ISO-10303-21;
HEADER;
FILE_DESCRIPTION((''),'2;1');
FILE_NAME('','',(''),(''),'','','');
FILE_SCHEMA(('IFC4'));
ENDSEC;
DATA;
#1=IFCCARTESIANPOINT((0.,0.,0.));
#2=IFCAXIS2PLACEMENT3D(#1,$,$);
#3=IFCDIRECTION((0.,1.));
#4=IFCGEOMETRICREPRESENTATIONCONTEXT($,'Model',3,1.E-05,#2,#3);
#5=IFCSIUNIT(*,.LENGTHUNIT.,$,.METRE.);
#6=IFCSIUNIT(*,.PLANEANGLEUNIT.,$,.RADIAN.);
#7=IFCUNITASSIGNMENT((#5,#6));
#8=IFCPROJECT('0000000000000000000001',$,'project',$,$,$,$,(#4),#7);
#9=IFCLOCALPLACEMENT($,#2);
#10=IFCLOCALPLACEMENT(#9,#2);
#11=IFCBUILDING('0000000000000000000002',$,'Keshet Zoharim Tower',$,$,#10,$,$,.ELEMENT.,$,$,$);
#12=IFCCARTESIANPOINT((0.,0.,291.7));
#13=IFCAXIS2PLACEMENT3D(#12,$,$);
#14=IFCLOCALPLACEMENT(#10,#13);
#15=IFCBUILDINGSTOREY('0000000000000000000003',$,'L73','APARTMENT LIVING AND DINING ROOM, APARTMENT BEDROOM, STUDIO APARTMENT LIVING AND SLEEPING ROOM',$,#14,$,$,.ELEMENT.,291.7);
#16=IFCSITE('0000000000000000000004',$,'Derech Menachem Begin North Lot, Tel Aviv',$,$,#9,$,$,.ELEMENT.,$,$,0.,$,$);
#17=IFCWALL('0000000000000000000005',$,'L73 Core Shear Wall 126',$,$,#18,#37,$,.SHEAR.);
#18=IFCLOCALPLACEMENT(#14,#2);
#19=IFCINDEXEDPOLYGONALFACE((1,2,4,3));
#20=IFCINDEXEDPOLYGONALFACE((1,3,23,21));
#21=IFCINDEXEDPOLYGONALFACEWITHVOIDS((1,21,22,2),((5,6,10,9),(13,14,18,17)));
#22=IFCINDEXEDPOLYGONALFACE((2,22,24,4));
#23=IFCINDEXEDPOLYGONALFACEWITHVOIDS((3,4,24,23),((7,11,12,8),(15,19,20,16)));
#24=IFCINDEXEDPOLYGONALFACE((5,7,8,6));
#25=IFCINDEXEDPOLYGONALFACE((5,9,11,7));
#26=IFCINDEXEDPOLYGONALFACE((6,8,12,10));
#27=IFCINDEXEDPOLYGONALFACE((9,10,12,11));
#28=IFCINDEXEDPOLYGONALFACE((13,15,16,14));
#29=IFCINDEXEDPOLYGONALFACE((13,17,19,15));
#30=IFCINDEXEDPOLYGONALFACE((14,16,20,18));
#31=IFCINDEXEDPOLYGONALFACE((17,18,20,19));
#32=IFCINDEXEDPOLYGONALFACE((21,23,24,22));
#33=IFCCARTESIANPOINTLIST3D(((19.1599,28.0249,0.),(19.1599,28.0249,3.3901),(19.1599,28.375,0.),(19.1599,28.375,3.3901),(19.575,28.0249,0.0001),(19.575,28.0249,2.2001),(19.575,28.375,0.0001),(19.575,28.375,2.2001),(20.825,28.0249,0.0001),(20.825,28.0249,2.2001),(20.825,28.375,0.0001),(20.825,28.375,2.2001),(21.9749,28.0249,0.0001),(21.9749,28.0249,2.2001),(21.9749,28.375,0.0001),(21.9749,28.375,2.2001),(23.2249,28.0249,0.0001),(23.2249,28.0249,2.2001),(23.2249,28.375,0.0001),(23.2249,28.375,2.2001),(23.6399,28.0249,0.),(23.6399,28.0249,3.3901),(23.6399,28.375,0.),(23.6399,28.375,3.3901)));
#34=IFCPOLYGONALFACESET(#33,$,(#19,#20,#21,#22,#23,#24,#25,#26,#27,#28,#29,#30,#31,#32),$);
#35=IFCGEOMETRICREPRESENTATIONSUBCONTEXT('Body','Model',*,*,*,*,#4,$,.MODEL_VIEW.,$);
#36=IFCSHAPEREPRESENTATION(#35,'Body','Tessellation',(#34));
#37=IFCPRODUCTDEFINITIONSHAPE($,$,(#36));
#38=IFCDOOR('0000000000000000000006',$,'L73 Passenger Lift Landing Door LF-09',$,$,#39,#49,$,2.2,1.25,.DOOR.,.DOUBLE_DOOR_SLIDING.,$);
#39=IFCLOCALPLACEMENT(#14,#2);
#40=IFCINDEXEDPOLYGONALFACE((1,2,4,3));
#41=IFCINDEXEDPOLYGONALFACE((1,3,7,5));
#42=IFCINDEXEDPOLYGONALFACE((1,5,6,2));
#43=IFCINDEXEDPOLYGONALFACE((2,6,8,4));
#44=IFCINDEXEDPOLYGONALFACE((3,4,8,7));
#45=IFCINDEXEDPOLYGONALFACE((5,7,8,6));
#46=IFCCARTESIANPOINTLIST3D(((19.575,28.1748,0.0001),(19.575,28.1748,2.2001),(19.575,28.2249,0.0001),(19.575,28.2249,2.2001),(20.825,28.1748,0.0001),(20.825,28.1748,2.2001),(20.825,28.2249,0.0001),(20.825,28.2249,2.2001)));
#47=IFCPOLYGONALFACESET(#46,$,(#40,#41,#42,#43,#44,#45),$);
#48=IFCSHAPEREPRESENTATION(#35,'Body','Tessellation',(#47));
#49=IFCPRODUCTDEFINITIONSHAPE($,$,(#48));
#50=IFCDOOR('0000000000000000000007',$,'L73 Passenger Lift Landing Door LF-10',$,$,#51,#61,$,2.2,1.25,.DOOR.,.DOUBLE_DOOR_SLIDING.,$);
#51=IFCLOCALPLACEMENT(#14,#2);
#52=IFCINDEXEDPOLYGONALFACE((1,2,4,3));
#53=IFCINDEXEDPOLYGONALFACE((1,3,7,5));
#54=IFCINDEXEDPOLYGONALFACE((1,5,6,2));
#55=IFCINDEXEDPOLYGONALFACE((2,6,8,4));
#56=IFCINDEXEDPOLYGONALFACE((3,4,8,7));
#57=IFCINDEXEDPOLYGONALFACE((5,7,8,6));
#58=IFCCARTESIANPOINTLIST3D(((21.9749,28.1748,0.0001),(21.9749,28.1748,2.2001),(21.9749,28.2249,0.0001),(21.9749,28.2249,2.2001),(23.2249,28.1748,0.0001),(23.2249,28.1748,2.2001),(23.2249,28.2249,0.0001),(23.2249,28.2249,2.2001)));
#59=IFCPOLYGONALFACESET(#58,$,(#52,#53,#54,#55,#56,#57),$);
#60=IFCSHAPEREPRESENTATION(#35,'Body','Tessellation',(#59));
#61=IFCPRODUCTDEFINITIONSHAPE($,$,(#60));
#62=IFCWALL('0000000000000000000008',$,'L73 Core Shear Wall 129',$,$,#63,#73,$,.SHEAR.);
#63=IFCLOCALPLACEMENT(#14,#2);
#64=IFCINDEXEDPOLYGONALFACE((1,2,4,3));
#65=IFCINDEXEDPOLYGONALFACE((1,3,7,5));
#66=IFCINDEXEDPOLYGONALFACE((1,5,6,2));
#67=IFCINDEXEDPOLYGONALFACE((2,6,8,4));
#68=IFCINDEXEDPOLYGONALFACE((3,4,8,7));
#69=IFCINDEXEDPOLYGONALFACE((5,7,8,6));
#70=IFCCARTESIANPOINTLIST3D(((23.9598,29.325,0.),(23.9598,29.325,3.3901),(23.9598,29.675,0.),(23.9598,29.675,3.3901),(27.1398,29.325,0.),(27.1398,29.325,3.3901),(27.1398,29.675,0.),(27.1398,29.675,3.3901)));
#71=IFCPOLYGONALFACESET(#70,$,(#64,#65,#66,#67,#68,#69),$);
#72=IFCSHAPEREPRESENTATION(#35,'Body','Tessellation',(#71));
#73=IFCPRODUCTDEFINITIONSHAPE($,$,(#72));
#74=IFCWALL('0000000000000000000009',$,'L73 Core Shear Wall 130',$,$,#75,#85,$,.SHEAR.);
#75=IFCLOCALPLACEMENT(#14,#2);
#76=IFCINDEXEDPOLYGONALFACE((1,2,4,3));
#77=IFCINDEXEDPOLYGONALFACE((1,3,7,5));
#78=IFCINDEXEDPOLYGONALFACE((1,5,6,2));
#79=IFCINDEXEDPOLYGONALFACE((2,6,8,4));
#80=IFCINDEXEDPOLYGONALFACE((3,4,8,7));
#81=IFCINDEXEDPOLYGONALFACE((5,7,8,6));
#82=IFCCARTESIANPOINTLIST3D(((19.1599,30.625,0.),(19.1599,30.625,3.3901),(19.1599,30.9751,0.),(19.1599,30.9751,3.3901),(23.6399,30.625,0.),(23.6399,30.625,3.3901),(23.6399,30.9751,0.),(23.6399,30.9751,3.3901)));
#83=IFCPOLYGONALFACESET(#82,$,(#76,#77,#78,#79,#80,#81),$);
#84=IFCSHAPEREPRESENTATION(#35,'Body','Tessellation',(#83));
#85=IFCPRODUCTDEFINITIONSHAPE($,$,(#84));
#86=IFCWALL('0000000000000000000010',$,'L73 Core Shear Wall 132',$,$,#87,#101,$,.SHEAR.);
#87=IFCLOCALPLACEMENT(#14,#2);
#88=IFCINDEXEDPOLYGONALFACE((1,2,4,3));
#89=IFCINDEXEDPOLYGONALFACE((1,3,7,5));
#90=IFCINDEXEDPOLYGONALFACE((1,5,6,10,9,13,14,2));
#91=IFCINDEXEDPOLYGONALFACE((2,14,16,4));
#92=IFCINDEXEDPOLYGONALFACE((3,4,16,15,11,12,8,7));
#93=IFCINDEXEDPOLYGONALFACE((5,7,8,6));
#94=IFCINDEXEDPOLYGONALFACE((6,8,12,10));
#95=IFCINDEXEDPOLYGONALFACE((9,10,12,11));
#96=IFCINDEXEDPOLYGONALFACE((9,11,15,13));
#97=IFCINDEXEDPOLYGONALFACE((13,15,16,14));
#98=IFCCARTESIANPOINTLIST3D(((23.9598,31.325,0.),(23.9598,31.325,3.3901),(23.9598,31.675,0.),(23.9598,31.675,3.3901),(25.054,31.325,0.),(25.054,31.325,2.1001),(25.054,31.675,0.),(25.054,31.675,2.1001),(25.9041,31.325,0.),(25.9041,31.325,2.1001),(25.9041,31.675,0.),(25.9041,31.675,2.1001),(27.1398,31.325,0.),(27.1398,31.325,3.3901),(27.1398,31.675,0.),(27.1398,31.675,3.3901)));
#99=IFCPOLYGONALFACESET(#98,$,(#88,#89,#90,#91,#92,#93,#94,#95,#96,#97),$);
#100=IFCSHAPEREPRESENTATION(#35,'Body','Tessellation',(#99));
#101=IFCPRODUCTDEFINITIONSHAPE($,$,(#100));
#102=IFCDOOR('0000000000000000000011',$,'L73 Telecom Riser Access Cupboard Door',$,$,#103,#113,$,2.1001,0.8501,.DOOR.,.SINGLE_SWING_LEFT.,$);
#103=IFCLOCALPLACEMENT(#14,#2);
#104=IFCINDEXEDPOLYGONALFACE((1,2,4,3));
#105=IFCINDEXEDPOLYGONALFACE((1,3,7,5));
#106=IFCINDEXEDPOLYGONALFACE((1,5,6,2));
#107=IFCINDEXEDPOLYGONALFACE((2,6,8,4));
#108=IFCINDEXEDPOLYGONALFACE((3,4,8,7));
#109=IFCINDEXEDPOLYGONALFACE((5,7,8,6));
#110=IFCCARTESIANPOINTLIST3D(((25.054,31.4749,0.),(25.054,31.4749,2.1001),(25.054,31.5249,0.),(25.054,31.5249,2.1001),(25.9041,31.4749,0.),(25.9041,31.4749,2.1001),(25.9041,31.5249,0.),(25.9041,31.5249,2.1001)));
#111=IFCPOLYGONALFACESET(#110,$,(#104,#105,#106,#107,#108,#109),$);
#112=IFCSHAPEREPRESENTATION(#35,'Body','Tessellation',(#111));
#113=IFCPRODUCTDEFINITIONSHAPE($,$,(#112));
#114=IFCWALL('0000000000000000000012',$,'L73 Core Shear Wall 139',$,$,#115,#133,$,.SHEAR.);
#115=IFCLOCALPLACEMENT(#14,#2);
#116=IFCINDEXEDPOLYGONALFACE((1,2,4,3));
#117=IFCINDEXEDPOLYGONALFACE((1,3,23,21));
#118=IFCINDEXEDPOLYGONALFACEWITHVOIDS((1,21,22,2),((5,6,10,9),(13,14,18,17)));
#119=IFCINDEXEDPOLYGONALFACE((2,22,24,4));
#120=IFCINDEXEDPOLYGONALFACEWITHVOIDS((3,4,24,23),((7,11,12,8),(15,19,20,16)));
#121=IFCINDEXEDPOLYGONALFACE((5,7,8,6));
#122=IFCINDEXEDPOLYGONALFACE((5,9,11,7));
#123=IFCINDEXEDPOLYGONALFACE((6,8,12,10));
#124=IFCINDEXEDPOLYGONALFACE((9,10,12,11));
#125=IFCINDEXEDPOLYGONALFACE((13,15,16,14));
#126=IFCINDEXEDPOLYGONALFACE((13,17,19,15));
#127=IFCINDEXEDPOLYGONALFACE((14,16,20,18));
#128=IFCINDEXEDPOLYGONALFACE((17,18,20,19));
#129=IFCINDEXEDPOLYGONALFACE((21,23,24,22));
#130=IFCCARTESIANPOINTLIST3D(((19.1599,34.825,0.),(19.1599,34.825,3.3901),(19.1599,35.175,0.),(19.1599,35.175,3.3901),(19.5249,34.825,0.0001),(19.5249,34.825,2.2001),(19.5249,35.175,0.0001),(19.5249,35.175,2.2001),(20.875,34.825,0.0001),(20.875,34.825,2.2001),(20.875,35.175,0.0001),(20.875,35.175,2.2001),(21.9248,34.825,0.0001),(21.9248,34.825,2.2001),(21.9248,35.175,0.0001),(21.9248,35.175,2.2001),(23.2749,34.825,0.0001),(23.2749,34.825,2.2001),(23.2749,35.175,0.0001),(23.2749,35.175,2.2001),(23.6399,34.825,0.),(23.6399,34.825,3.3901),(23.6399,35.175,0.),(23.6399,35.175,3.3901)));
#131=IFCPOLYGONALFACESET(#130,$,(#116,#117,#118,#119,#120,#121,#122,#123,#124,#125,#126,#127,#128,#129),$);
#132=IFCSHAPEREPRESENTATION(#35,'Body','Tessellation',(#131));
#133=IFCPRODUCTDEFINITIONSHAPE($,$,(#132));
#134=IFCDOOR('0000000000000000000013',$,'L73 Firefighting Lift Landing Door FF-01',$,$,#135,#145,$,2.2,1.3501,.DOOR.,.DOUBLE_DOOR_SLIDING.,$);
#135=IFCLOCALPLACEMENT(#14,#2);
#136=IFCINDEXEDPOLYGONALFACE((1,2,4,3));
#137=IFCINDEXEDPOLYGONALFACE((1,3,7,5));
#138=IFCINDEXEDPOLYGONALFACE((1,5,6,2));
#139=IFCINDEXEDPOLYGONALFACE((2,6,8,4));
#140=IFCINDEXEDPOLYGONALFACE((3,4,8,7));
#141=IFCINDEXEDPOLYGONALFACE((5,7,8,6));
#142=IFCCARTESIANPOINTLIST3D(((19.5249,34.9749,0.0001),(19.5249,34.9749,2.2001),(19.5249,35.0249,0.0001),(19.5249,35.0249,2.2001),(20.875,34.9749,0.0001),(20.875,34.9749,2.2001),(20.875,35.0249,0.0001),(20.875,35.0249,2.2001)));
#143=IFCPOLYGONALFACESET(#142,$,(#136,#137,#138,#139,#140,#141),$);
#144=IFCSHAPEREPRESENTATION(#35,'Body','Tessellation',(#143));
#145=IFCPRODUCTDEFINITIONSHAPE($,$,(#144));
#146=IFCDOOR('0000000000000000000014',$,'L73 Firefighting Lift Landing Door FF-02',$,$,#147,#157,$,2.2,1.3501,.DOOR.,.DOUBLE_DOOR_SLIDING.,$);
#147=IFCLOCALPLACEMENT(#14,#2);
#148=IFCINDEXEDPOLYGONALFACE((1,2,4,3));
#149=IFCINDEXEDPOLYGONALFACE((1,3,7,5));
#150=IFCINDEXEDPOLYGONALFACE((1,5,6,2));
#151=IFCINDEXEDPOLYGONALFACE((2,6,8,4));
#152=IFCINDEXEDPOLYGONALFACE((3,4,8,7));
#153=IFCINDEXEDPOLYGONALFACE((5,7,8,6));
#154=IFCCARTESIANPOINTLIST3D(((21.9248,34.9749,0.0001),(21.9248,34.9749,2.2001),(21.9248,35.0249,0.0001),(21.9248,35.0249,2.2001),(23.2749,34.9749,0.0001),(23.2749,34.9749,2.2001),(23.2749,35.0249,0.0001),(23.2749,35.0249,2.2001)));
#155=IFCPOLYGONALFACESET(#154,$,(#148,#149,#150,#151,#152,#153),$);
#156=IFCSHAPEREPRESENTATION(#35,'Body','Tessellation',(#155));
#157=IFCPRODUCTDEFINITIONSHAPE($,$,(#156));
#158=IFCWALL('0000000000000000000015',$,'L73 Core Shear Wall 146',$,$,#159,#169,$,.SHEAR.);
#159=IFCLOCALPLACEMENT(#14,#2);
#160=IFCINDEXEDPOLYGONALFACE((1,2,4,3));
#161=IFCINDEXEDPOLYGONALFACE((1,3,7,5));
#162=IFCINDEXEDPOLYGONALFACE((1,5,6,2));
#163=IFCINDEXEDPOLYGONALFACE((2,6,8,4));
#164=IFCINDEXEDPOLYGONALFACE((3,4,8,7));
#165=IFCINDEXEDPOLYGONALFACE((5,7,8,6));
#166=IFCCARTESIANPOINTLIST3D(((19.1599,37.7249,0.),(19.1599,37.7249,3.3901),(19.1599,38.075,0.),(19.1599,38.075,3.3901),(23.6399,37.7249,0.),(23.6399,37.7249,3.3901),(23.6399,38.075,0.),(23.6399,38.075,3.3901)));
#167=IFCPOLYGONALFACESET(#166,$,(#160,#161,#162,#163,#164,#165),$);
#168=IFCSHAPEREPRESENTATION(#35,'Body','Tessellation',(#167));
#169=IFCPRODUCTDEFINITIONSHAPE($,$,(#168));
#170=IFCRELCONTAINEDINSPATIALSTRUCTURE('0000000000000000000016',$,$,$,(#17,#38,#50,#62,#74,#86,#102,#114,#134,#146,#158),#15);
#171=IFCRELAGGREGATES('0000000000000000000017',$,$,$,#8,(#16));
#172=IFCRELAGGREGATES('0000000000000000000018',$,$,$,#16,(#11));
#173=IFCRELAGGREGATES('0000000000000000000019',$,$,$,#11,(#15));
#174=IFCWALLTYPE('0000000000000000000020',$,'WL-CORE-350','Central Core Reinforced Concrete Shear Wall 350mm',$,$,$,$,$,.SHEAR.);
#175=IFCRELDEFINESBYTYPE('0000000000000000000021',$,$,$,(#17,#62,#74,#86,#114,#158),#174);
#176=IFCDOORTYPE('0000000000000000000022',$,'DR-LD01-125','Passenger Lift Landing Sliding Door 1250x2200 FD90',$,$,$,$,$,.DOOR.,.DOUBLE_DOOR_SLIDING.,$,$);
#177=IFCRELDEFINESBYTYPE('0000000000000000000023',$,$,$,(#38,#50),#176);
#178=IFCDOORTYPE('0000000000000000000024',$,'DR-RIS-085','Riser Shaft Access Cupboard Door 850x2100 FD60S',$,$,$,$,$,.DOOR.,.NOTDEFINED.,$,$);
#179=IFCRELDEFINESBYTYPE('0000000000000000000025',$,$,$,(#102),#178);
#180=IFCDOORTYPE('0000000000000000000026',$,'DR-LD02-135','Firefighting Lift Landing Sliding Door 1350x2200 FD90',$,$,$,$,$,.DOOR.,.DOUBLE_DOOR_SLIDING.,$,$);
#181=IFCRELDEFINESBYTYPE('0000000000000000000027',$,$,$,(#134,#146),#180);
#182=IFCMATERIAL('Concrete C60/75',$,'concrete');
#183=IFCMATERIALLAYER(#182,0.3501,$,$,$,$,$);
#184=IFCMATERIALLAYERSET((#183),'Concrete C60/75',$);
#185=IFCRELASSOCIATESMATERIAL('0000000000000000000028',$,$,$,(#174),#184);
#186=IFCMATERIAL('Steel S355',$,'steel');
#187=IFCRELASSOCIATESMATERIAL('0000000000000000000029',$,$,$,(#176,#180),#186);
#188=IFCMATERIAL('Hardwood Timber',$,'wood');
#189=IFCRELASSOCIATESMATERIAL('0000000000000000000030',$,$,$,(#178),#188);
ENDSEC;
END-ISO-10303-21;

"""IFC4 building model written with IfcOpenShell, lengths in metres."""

from ifc_helpers import new_model, si_unit, direction, frame, frame_2d, origin, place, context, subcontext, project, spatial, rectangle, extrude, material, layer, layer_set, type_object, element, fill, save


model = new_model("IFC4")

# Units and contexts
model_context = context("Model", 3, precision=1e-05, world=origin(), true_north=direction((0.0, 1.0)))
body_context = subcontext(model_context, "Body", "Model", "MODEL_VIEW")
ifc_project = project(units=[si_unit("LENGTHUNIT", "METRE"), si_unit("PLANEANGLEUNIT", "RADIAN")], contexts=[model_context])

# Site, building, storey
site_placement = place(None, origin())
site = spatial("IfcSite", under=ifc_project, at=site_placement, Name="Derech Menachem Begin North Lot, Tel Aviv", CompositionType="ELEMENT", RefElevation=0.0)
building_placement = place(site_placement, origin())
building = spatial("IfcBuilding", under=site, at=building_placement, Name="Keshet Zoharim Tower", CompositionType="ELEMENT")
storey_placement = place(building_placement, frame((0.0, 0.0, 291.7)))
storey = spatial("IfcBuildingStorey", under=building, at=storey_placement, Name="L73", Description="APARTMENT LIVING AND DINING ROOM, APARTMENT BEDROOM, STUDIO APARTMENT LIVING AND SLEEPING ROOM", CompositionType="ELEMENT", Elevation=291.7)

# Shared definitions
ifc_material_1 = material(Name="Steel S355", Category="steel")

# Shared definitions
ifc_material_2 = material(Name="Concrete C60/75", Category="concrete")
ifc_layer_1 = layer(ifc_material_2, 0.3501)
ifc_layer_set_1 = layer_set([ifc_layer_1], Name="Concrete C60/75")
wall_type_1 = type_object("IfcWallType", Name="WL-CORE-350", Description="Central Core Reinforced Concrete Shear Wall 350mm", PredefinedType="SHEAR", material=ifc_layer_set_1)

# Shared definitions
ifc_material_3 = material(Name="Hardwood Timber", Category="wood")

# Wall, openings, doors
wall_1_placement = place(storey_placement, frame((19.1599, 28.2, 0.0), z_axis=(0.0, 0.0, 1.0), x_axis=(1.0, 0.0, 0.0)))
wall_1 = element("IfcWall", 1, at=wall_1_placement, inside=storey, type_object=wall_type_1, Name="L73 Core Shear Wall 126", PredefinedType="SHEAR", context=body_context, shape_type="SweptSolid", body=[
    extrude(rectangle(XDim=4.48, YDim=0.3501, at=frame_2d((2.24, 0.0))), origin(), (0.0, 0.0, 1.0), 3.3901),
])
opening_1_placement = place(wall_1_placement, frame((0.415, 0.0, 0.0)))
opening_1 = element("IfcOpeningElement", 2, at=opening_1_placement, cuts=wall_1, PredefinedType="OPENING", context=body_context, shape_type="SweptSolid", body=[
    extrude(rectangle(XDim=1.25, YDim=2.2, at=frame_2d((0.625, 1.1001))), frame((0.0, 0.1851, 0.0), z_axis=(0.0, -1.0, 0.0), x_axis=(1.0, 0.0, 0.0)), (0.0, 0.0, 1.0), 0.3701),
])
opening_2_placement = place(wall_1_placement, frame((2.8149, 0.0, 0.0)))
opening_2 = element("IfcOpeningElement", 3, at=opening_2_placement, cuts=wall_1, PredefinedType="OPENING", context=body_context, shape_type="SweptSolid", body=[
    extrude(rectangle(XDim=1.25, YDim=2.2, at=frame_2d((0.625, 1.1001))), frame((0.0, 0.1851, 0.0), z_axis=(0.0, -1.0, 0.0), x_axis=(1.0, 0.0, 0.0)), (0.0, 0.0, 1.0), 0.3701),
])
door_type_1 = type_object("IfcDoorType", Name="DR-LD01-125", Description="Passenger Lift Landing Sliding Door 1250x2200 FD90", OperationType="DOUBLE_DOOR_SLIDING", PredefinedType="DOOR", material=ifc_material_1)
door_1_placement = place(opening_1_placement, origin())
door_1 = element("IfcDoor", 4, at=door_1_placement, inside=storey, type_object=door_type_1, Name="L73 Passenger Lift Landing Door LF-09", OperationType="DOUBLE_DOOR_SLIDING", OverallHeight=2.2, OverallWidth=1.25, PredefinedType="DOOR", context=body_context, shape_type="SweptSolid", body=[
    extrude(rectangle(XDim=1.25, YDim=2.2, at=frame_2d((0.625, 1.1001))), frame((0.0, 0.0249, 0.0), z_axis=(0.0, -1.0, 0.0), x_axis=(1.0, 0.0, 0.0)), (0.0, 0.0, 1.0), 0.05),
])
fill(opening_1, door_1)
door_2_placement = place(opening_2_placement, origin())
door_2 = element("IfcDoor", 5, at=door_2_placement, inside=storey, type_object=door_type_1, Name="L73 Passenger Lift Landing Door LF-10", OperationType="DOUBLE_DOOR_SLIDING", OverallHeight=2.2, OverallWidth=1.25, PredefinedType="DOOR", context=body_context, shape_type="SweptSolid", body=[
    extrude(rectangle(XDim=1.25, YDim=2.2, at=frame_2d((0.625, 1.1001))), frame((0.0, 0.0249, 0.0), z_axis=(0.0, -1.0, 0.0), x_axis=(1.0, 0.0, 0.0)), (0.0, 0.0, 1.0), 0.05),
])
fill(opening_2, door_2)

# Walls
wall_2_placement = place(storey_placement, frame((23.96, 29.5, 0.0), z_axis=(0.0, 0.0, 1.0), x_axis=(1.0, 0.0, 0.0)))
element("IfcWall", 6, at=wall_2_placement, inside=storey, type_object=wall_type_1, Name="L73 Core Shear Wall 129", PredefinedType="SHEAR", context=body_context, shape_type="SweptSolid", body=[
    extrude(rectangle(XDim=3.1799, YDim=0.3501, at=frame_2d((1.5898, 0.0))), origin(), (0.0, 0.0, 1.0), 3.3901),
])
wall_3_placement = place(storey_placement, frame((19.1599, 30.8, 0.0), z_axis=(0.0, 0.0, 1.0), x_axis=(1.0, 0.0, 0.0)))
element("IfcWall", 7, at=wall_3_placement, inside=storey, type_object=wall_type_1, Name="L73 Core Shear Wall 130", PredefinedType="SHEAR", context=body_context, shape_type="SweptSolid", body=[
    extrude(rectangle(XDim=4.48, YDim=0.3501, at=frame_2d((2.24, 0.0))), origin(), (0.0, 0.0, 1.0), 3.3901),
])

# Wall, opening, door
wall_4_placement = place(storey_placement, frame((23.96, 31.5, 0.0), z_axis=(0.0, 0.0, 1.0), x_axis=(1.0, 0.0, 0.0)))
wall_4 = element("IfcWall", 8, at=wall_4_placement, inside=storey, type_object=wall_type_1, Name="L73 Core Shear Wall 132", PredefinedType="SHEAR", context=body_context, shape_type="SweptSolid", body=[
    extrude(rectangle(XDim=3.1799, YDim=0.3501, at=frame_2d((1.5898, 0.0))), origin(), (0.0, 0.0, 1.0), 3.3901),
])
opening_3_placement = place(wall_4_placement, frame((1.094, 0.0, 0.0)))
opening_3 = element("IfcOpeningElement", 9, at=opening_3_placement, cuts=wall_4, PredefinedType="OPENING", context=body_context, shape_type="SweptSolid", body=[
    extrude(rectangle(XDim=0.8501, YDim=2.1001, at=frame_2d((0.425, 1.05))), frame((0.0, 0.1851, 0.0), z_axis=(0.0, -1.0, 0.0), x_axis=(1.0, 0.0, 0.0)), (0.0, 0.0, 1.0), 0.3701),
])
door_type_2 = type_object("IfcDoorType", Name="DR-RIS-085", Description="Riser Shaft Access Cupboard Door 850x2100 FD60S", OperationType="NOTDEFINED", PredefinedType="DOOR", material=ifc_material_3)
door_3_placement = place(opening_3_placement, origin())
door_3 = element("IfcDoor", 10, at=door_3_placement, inside=storey, type_object=door_type_2, Name="L73 Telecom Riser Access Cupboard Door", OperationType="SINGLE_SWING_LEFT", OverallHeight=2.1001, OverallWidth=0.8501, PredefinedType="DOOR", context=body_context, shape_type="SweptSolid", body=[
    extrude(rectangle(XDim=0.8501, YDim=2.1001, at=frame_2d((0.425, 1.05))), frame((0.0, 0.0249, 0.0), z_axis=(0.0, -1.0, 0.0), x_axis=(1.0, 0.0, 0.0)), (0.0, 0.0, 1.0), 0.05),
])
fill(opening_3, door_3)

# Wall, openings, doors
wall_5_placement = place(storey_placement, frame((19.1599, 35.0, 0.0), z_axis=(0.0, 0.0, 1.0), x_axis=(1.0, 0.0, 0.0)))
wall_5 = element("IfcWall", 11, at=wall_5_placement, inside=storey, type_object=wall_type_1, Name="L73 Core Shear Wall 139", PredefinedType="SHEAR", context=body_context, shape_type="SweptSolid", body=[
    extrude(rectangle(XDim=4.48, YDim=0.3501, at=frame_2d((2.24, 0.0))), origin(), (0.0, 0.0, 1.0), 3.3901),
])
opening_4_placement = place(wall_5_placement, frame((0.365, 0.0, 0.0)))
opening_4 = element("IfcOpeningElement", 12, at=opening_4_placement, cuts=wall_5, PredefinedType="OPENING", context=body_context, shape_type="SweptSolid", body=[
    extrude(rectangle(XDim=1.3501, YDim=2.2, at=frame_2d((0.675, 1.1001))), frame((0.0, 0.1851, 0.0), z_axis=(0.0, -1.0, 0.0), x_axis=(1.0, 0.0, 0.0)), (0.0, 0.0, 1.0), 0.3701),
])
opening_5_placement = place(wall_5_placement, frame((2.7649, 0.0, 0.0)))
opening_5 = element("IfcOpeningElement", 13, at=opening_5_placement, cuts=wall_5, PredefinedType="OPENING", context=body_context, shape_type="SweptSolid", body=[
    extrude(rectangle(XDim=1.3501, YDim=2.2, at=frame_2d((0.675, 1.1001))), frame((0.0, 0.1851, 0.0), z_axis=(0.0, -1.0, 0.0), x_axis=(1.0, 0.0, 0.0)), (0.0, 0.0, 1.0), 0.3701),
])
door_type_3 = type_object("IfcDoorType", Name="DR-LD02-135", Description="Firefighting Lift Landing Sliding Door 1350x2200 FD90", OperationType="DOUBLE_DOOR_SLIDING", PredefinedType="DOOR", material=ifc_material_1)
door_4_placement = place(opening_4_placement, origin())
door_4 = element("IfcDoor", 14, at=door_4_placement, inside=storey, type_object=door_type_3, Name="L73 Firefighting Lift Landing Door FF-01", OperationType="DOUBLE_DOOR_SLIDING", OverallHeight=2.2, OverallWidth=1.3501, PredefinedType="DOOR", context=body_context, shape_type="SweptSolid", body=[
    extrude(rectangle(XDim=1.3501, YDim=2.2, at=frame_2d((0.675, 1.1001))), frame((0.0, 0.0249, 0.0), z_axis=(0.0, -1.0, 0.0), x_axis=(1.0, 0.0, 0.0)), (0.0, 0.0, 1.0), 0.05),
])
fill(opening_4, door_4)
door_5_placement = place(opening_5_placement, origin())
door_5 = element("IfcDoor", 15, at=door_5_placement, inside=storey, type_object=door_type_3, Name="L73 Firefighting Lift Landing Door FF-02", OperationType="DOUBLE_DOOR_SLIDING", OverallHeight=2.2, OverallWidth=1.3501, PredefinedType="DOOR", context=body_context, shape_type="SweptSolid", body=[
    extrude(rectangle(XDim=1.3501, YDim=2.2, at=frame_2d((0.675, 1.1001))), frame((0.0, 0.0249, 0.0), z_axis=(0.0, -1.0, 0.0), x_axis=(1.0, 0.0, 0.0)), (0.0, 0.0, 1.0), 0.05),
])
fill(opening_5, door_5)

# Wall
wall_6_placement = place(storey_placement, frame((19.1599, 37.8999, 0.0), z_axis=(0.0, 0.0, 1.0), x_axis=(1.0, 0.0, 0.0)))
element("IfcWall", 16, at=wall_6_placement, inside=storey, type_object=wall_type_1, Name="L73 Core Shear Wall 146", PredefinedType="SHEAR", context=body_context, shape_type="SweptSolid", body=[
    extrude(rectangle(XDim=4.48, YDim=0.3501, at=frame_2d((2.24, 0.0))), origin(), (0.0, 0.0, 1.0), 3.3901),
])

save(model, "model.ifc")
